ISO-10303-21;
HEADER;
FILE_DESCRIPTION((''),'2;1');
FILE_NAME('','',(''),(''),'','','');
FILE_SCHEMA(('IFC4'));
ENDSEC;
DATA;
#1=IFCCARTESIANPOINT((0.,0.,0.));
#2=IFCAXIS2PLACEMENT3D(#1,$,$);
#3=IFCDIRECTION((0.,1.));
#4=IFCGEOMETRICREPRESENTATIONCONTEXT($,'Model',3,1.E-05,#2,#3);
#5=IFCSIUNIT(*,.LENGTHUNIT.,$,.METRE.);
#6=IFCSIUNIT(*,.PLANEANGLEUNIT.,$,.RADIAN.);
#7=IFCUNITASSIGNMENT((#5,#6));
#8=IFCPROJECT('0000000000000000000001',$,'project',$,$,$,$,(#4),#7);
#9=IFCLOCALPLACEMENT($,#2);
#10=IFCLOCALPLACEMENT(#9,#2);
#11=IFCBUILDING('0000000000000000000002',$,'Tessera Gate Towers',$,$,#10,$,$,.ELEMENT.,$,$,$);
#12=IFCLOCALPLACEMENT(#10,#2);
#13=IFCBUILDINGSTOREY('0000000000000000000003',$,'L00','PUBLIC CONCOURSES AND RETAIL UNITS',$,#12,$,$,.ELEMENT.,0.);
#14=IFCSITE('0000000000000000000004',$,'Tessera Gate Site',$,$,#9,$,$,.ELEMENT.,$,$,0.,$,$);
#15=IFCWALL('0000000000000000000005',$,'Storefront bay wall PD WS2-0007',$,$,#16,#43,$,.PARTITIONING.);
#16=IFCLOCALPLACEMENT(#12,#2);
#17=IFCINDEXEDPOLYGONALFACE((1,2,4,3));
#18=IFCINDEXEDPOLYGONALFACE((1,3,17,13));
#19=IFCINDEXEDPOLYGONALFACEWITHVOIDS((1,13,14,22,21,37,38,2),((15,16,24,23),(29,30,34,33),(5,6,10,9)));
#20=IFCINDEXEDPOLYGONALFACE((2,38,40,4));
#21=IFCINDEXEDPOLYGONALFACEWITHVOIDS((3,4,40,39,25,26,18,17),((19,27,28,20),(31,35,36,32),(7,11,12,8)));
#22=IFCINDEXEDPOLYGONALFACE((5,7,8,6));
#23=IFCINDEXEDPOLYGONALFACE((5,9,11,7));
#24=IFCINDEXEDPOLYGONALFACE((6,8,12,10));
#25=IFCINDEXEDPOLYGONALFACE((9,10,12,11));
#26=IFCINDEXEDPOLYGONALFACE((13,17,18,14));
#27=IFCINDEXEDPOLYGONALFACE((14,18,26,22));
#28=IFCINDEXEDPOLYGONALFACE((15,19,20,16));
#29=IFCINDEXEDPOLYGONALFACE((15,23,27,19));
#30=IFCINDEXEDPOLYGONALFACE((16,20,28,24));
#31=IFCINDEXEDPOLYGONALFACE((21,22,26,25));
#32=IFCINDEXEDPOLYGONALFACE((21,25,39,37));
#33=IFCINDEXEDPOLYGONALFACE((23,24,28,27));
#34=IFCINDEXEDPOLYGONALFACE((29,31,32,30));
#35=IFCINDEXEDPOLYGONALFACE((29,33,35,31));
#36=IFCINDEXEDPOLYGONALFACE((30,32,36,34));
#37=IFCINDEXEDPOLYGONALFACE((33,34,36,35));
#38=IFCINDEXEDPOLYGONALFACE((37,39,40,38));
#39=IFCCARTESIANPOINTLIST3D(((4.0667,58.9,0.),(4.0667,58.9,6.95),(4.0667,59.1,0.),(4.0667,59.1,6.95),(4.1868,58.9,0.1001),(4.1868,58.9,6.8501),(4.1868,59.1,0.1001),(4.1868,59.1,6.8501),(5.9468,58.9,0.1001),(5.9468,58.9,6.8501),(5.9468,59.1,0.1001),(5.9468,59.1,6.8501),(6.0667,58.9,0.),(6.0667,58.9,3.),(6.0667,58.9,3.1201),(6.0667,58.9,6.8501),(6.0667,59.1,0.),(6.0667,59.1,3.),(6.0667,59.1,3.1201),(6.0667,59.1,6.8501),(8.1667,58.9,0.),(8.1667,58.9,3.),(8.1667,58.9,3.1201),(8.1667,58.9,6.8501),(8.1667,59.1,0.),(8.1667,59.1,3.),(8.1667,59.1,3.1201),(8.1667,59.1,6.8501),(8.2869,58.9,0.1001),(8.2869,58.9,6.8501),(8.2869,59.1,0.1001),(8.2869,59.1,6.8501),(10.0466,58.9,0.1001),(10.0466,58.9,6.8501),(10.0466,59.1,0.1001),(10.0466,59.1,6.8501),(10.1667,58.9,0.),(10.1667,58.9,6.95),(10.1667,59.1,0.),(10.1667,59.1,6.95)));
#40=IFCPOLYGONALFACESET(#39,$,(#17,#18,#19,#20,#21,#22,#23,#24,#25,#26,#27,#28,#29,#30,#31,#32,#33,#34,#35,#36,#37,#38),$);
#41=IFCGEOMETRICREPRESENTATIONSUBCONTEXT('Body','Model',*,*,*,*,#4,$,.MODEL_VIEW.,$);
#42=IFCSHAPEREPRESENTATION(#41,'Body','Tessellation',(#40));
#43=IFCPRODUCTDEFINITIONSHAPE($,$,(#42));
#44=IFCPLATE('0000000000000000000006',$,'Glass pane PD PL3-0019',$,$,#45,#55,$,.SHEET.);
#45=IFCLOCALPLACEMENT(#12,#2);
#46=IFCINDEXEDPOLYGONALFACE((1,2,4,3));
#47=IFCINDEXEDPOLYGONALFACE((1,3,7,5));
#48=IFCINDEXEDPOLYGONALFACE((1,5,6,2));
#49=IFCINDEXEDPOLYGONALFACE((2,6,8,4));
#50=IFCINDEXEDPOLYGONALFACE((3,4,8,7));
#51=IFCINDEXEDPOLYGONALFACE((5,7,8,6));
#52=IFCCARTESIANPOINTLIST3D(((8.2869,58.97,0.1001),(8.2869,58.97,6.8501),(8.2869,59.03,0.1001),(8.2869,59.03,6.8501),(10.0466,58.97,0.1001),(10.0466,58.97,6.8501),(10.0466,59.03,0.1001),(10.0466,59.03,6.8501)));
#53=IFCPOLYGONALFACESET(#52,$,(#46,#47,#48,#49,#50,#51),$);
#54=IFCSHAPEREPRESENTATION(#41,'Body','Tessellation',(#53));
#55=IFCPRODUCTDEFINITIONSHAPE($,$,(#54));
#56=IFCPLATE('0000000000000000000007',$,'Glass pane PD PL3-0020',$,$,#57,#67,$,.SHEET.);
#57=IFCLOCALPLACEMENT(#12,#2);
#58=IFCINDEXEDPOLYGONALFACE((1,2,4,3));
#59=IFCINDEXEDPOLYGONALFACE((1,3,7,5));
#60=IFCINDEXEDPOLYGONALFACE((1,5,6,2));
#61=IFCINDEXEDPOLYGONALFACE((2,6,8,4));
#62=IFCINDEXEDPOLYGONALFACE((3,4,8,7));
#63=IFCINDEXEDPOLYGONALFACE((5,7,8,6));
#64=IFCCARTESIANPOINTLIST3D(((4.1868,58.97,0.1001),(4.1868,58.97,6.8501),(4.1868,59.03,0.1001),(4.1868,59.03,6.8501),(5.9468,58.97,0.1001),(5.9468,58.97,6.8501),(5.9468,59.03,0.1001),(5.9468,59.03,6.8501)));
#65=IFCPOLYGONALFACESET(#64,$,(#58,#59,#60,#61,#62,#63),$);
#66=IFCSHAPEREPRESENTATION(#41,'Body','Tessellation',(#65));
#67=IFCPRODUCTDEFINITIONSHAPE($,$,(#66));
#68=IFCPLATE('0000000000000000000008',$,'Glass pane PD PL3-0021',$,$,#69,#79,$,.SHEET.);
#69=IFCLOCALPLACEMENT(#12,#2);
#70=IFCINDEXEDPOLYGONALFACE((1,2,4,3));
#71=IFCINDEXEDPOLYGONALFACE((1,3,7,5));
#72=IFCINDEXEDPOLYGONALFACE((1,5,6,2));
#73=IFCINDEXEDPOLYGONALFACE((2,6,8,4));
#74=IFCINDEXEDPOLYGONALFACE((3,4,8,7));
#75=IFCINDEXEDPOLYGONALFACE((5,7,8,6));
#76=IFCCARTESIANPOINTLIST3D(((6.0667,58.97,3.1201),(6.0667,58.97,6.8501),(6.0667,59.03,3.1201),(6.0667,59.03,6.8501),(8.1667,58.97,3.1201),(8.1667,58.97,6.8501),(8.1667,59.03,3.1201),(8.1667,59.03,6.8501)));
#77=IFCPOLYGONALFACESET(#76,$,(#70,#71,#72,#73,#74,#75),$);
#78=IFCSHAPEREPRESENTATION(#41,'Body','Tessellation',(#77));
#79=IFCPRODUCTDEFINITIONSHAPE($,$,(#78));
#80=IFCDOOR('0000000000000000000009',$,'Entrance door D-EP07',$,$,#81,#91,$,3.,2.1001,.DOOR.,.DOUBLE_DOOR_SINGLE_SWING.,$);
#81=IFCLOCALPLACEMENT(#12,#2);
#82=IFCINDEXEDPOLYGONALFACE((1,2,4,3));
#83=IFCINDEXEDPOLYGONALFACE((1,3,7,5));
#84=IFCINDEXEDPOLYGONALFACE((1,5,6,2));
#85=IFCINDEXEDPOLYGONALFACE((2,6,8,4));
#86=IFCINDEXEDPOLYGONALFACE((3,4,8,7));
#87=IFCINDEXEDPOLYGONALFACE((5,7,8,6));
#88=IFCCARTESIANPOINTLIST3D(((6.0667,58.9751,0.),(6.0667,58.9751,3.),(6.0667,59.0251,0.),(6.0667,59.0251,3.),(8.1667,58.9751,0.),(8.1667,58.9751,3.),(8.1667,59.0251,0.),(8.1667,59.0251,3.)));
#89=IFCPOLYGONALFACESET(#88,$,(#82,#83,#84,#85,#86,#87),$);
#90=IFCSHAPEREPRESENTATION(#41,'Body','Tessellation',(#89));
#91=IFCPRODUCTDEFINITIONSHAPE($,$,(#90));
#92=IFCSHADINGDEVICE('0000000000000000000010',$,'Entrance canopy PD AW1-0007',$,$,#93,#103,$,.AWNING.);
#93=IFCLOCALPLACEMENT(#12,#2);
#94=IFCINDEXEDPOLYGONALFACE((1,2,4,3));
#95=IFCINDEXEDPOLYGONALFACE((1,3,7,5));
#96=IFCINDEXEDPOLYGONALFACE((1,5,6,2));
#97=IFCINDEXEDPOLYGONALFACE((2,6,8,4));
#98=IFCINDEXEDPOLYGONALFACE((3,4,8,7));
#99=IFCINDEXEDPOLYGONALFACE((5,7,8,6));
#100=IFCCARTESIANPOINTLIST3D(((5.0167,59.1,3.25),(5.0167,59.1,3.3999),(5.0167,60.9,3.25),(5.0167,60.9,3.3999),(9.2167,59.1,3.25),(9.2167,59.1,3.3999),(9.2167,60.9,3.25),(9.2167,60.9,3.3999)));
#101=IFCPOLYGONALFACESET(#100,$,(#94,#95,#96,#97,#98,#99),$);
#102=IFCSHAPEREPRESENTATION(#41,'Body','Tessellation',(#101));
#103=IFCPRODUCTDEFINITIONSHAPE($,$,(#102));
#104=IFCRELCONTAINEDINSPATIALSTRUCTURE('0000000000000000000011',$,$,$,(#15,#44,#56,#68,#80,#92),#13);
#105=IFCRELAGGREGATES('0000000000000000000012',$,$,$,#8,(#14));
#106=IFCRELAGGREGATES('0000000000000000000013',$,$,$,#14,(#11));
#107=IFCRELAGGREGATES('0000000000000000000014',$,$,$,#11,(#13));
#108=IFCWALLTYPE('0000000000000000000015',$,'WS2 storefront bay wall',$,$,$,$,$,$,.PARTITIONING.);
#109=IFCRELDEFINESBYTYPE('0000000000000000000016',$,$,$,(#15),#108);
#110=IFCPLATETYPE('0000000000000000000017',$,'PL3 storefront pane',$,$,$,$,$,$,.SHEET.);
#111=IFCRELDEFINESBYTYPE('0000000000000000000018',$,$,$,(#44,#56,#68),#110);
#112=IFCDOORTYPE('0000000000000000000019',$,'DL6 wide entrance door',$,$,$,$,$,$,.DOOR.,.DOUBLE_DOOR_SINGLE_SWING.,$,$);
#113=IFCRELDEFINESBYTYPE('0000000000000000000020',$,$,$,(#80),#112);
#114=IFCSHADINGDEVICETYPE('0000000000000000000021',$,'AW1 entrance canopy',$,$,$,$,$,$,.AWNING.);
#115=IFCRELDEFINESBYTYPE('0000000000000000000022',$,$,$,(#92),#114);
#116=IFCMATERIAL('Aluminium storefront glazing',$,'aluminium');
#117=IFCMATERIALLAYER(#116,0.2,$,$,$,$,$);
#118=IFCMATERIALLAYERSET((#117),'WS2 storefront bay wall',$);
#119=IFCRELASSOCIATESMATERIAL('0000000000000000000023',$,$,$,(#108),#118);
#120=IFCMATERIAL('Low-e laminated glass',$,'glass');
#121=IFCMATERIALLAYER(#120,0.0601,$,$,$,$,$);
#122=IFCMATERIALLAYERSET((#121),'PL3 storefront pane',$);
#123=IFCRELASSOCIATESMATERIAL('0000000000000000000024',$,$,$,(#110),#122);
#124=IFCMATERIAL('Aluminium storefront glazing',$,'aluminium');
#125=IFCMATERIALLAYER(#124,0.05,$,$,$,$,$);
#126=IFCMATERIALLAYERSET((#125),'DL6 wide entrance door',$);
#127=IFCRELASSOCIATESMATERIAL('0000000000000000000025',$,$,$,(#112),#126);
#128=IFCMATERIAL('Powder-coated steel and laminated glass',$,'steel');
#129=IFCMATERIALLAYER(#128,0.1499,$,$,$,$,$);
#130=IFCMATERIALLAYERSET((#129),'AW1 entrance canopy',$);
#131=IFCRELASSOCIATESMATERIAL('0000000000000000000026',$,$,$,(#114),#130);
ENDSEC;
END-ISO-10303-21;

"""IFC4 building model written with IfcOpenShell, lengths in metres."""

from ifc_helpers import new_model, si_unit, direction, frame, frame_2d, origin, origin_2d, place, context, subcontext, project, spatial, polyline, rectangle, outline, extrude, source, transform, mapped, material, layer, layer_set, type_object, element, fill, save


model = new_model("IFC4")

# Units and contexts
model_context = context("Model", 3, precision=1e-05, world=origin(), true_north=direction((0.0, 1.0)))
body_context = subcontext(model_context, "Body", "Model", "MODEL_VIEW")
ifc_project = project(units=[si_unit("LENGTHUNIT", "METRE"), si_unit("PLANEANGLEUNIT", "RADIAN")], contexts=[model_context])

# Site, building, storey
site_placement = place(None, origin())
site = spatial("IfcSite", under=ifc_project, at=site_placement, Name="Tessera Gate Site", CompositionType="ELEMENT", RefElevation=0.0)
building_placement = place(site_placement, origin())
building = spatial("IfcBuilding", under=site, at=building_placement, Name="Tessera Gate Towers", CompositionType="ELEMENT")
storey_placement = place(building_placement, origin())
storey = spatial("IfcBuildingStorey", under=building, at=storey_placement, Name="L00", Description="PUBLIC CONCOURSES AND RETAIL UNITS", CompositionType="ELEMENT", Elevation=0.0)

# Wall, openings, plates, door
ifc_material_1 = material(Name="Aluminium storefront glazing", Category="aluminium")
ifc_layer_1 = layer(ifc_material_1, 0.2)
ifc_layer_set_1 = layer_set([ifc_layer_1], Name="WS2 storefront bay wall")
wall_type_1 = type_object("IfcWallType", Name="WS2 storefront bay wall", PredefinedType="PARTITIONING", material=ifc_layer_set_1)
wall_1_placement = place(storey_placement, frame((10.1667, 59.0, 0.0), z_axis=(0.0, 0.0, 1.0), x_axis=(-1.0, 0.0, 0.0)))
wall_1 = element("IfcWall", 1, at=wall_1_placement, inside=storey, type_object=wall_type_1, Name="Storefront bay wall PD WS2-0007", PredefinedType="PARTITIONING", context=body_context, shape_type="SweptSolid", body=[
    extrude(rectangle(XDim=6.1001, YDim=0.2, at=frame_2d((3.05, 0.0))), origin(), (0.0, 0.0, 1.0), 6.95),
])
shared_shape_1 = source(origin(), body_context, "Body", "SweptSolid", [
    extrude(rectangle(XDim=2.1001, YDim=3.0, at=frame_2d((1.05, 1.5))), frame((0.0, 0.1099, 0.0), z_axis=(0.0, -1.0, 0.0), x_axis=(1.0, 0.0, 0.0)), (0.0, 0.0, 1.0), 0.22),
])
opening_1_placement = place(wall_1_placement, frame((2.0, 0.0, 0.0)))
opening_1 = element("IfcOpeningElement", 2, at=opening_1_placement, cuts=wall_1, PredefinedType="OPENING", context=body_context, shape_type="MappedRepresentation", body=[
    mapped(shared_shape_1, transform((0.0, 0.0, 0.0), scale=1.0)),
])
shared_shape_2 = source(origin(), body_context, "Body", "SweptSolid", [
    extrude(outline(polyline([(0.1201, 0.1001), (1.8799, 0.1001), (1.8799, 6.8501), (0.1201, 6.8501), (0.1201, 0.1001)])), frame((0.0, 0.1099, 0.0), z_axis=(0.0, -1.0, 0.0), x_axis=(1.0, 0.0, 0.0)), (0.0, 0.0, 1.0), 0.22),
])
opening_2_placement = place(wall_1_placement, origin())
opening_2 = element("IfcOpeningElement", 3, at=opening_2_placement, cuts=wall_1, PredefinedType="OPENING", context=body_context, shape_type="MappedRepresentation", body=[
    mapped(shared_shape_2, transform((0.0, 0.0, 0.0), scale=1.0)),
])
shared_shape_3 = source(origin(), body_context, "Body", "SweptSolid", [
    extrude(outline(polyline([(4.22, 0.1001), (5.98, 0.1001), (5.98, 6.8501), (4.22, 6.8501), (4.22, 0.1001)])), frame((0.0, 0.1099, 0.0), z_axis=(0.0, -1.0, 0.0), x_axis=(1.0, 0.0, 0.0)), (0.0, 0.0, 1.0), 0.22),
])
opening_3_placement = place(wall_1_placement, origin())
opening_3 = element("IfcOpeningElement", 4, at=opening_3_placement, cuts=wall_1, PredefinedType="OPENING", context=body_context, shape_type="MappedRepresentation", body=[
    mapped(shared_shape_3, transform((0.0, 0.0, 0.0), scale=1.0)),
])
shared_shape_4 = source(origin(), body_context, "Body", "SweptSolid", [
    extrude(outline(polyline([(2.0, 3.1201), (4.1001, 3.1201), (4.1001, 6.8501), (2.0, 6.8501), (2.0, 3.1201)])), frame((0.0, 0.1099, 0.0), z_axis=(0.0, -1.0, 0.0), x_axis=(1.0, 0.0, 0.0)), (0.0, 0.0, 1.0), 0.22),
])
opening_4_placement = place(wall_1_placement, origin())
opening_4 = element("IfcOpeningElement", 5, at=opening_4_placement, cuts=wall_1, PredefinedType="OPENING", context=body_context, shape_type="MappedRepresentation", body=[
    mapped(shared_shape_4, transform((0.0, 0.0, 0.0), scale=1.0)),
])
ifc_material_2 = material(Name="Low-e laminated glass", Category="glass")
ifc_layer_2 = layer(ifc_material_2, 0.0601)
ifc_layer_set_2 = layer_set([ifc_layer_2], Name="PL3 storefront pane")
plate_type_1 = type_object("IfcPlateType", Name="PL3 storefront pane", PredefinedType="SHEET", material=ifc_layer_set_2)
shared_shape_5 = source(origin(), body_context, "Body", "SweptSolid", [
    extrude(outline(polyline([(0.1201, 0.1001), (1.8799, 0.1001), (1.8799, 6.8501), (0.1201, 6.8501), (0.1201, 0.1001)])), frame((0.0, 0.03, 0.0), z_axis=(0.0, -1.0, 0.0), x_axis=(1.0, 0.0, 0.0)), (0.0, 0.0, 1.0), 0.0601),
])
plate_1_placement = place(opening_2_placement, origin())
plate_1 = element("IfcPlate", 6, at=plate_1_placement, inside=storey, type_object=plate_type_1, Name="Glass pane PD PL3-0019", PredefinedType="SHEET", context=body_context, shape_type="MappedRepresentation", body=[
    mapped(shared_shape_5, transform((0.0, 0.0, 0.0), scale=1.0)),
])
fill(opening_2, plate_1)
shared_shape_6 = source(origin(), body_context, "Body", "SweptSolid", [
    extrude(outline(polyline([(4.22, 0.1001), (5.98, 0.1001), (5.98, 6.8501), (4.22, 6.8501), (4.22, 0.1001)])), frame((0.0, 0.03, 0.0), z_axis=(0.0, -1.0, 0.0), x_axis=(1.0, 0.0, 0.0)), (0.0, 0.0, 1.0), 0.0601),
])
plate_2_placement = place(opening_3_placement, origin())
plate_2 = element("IfcPlate", 7, at=plate_2_placement, inside=storey, type_object=plate_type_1, Name="Glass pane PD PL3-0020", PredefinedType="SHEET", context=body_context, shape_type="MappedRepresentation", body=[
    mapped(shared_shape_6, transform((0.0, 0.0, 0.0), scale=1.0)),
])
fill(opening_3, plate_2)
shared_shape_7 = source(origin(), body_context, "Body", "SweptSolid", [
    extrude(outline(polyline([(2.0, 3.1201), (4.1001, 3.1201), (4.1001, 6.8501), (2.0, 6.8501), (2.0, 3.1201)])), frame((0.0, 0.03, 0.0), z_axis=(0.0, -1.0, 0.0), x_axis=(1.0, 0.0, 0.0)), (0.0, 0.0, 1.0), 0.0601),
])
plate_3_placement = place(opening_4_placement, origin())
plate_3 = element("IfcPlate", 8, at=plate_3_placement, inside=storey, type_object=plate_type_1, Name="Glass pane PD PL3-0021", PredefinedType="SHEET", context=body_context, shape_type="MappedRepresentation", body=[
    mapped(shared_shape_7, transform((0.0, 0.0, 0.0), scale=1.0)),
])
fill(opening_4, plate_3)
ifc_material_3 = material(Name="Aluminium storefront glazing", Category="aluminium")
ifc_layer_3 = layer(ifc_material_3, 0.05)
ifc_layer_set_3 = layer_set([ifc_layer_3], Name="DL6 wide entrance door")
door_type = type_object("IfcDoorType", Name="DL6 wide entrance door", OperationType="DOUBLE_DOOR_SINGLE_SWING", PredefinedType="DOOR", material=ifc_layer_set_3)
shared_shape_8 = source(origin(), body_context, "Body", "SweptSolid", [
    extrude(rectangle(XDim=2.1001, YDim=3.0, at=frame_2d((1.05, 1.5))), frame((0.0, 0.0249, 0.0), z_axis=(0.0, -1.0, 0.0), x_axis=(1.0, 0.0, 0.0)), (0.0, 0.0, 1.0), 0.05),
])
door_placement = place(opening_1_placement, origin())
door = element("IfcDoor", 9, at=door_placement, inside=storey, type_object=door_type, Name="Entrance door D-EP07", OperationType="DOUBLE_DOOR_SINGLE_SWING", OverallHeight=3.0, OverallWidth=2.1001, PredefinedType="DOOR", context=body_context, shape_type="MappedRepresentation", body=[
    mapped(shared_shape_8, transform((0.0, 0.0, 0.0), scale=1.0)),
])
fill(opening_1, door)

# Shading device
ifc_material_4 = material(Name="Powder-coated steel and laminated glass", Category="steel")
ifc_layer_4 = layer(ifc_material_4, 0.1499)
ifc_layer_set_4 = layer_set([ifc_layer_4], Name="AW1 entrance canopy")
shading_device_type = type_object("IfcShadingDeviceType", Name="AW1 entrance canopy", PredefinedType="AWNING", material=ifc_layer_set_4)
shading_device_placement = place(storey_placement, frame((7.1167, 60.0, 3.25), z_axis=(0.0, 0.0, 1.0), x_axis=(-1.0, 0.0, 0.0)))
element("IfcShadingDevice", 10, at=shading_device_placement, inside=storey, type_object=shading_device_type, Name="Entrance canopy PD AW1-0007", PredefinedType="AWNING", context=body_context, shape_type="SweptSolid", body=[
    extrude(rectangle(XDim=4.2, YDim=1.8, at=origin_2d()), origin(), (0.0, 0.0, 1.0), 0.1499),
])

save(model, "model.ifc")
